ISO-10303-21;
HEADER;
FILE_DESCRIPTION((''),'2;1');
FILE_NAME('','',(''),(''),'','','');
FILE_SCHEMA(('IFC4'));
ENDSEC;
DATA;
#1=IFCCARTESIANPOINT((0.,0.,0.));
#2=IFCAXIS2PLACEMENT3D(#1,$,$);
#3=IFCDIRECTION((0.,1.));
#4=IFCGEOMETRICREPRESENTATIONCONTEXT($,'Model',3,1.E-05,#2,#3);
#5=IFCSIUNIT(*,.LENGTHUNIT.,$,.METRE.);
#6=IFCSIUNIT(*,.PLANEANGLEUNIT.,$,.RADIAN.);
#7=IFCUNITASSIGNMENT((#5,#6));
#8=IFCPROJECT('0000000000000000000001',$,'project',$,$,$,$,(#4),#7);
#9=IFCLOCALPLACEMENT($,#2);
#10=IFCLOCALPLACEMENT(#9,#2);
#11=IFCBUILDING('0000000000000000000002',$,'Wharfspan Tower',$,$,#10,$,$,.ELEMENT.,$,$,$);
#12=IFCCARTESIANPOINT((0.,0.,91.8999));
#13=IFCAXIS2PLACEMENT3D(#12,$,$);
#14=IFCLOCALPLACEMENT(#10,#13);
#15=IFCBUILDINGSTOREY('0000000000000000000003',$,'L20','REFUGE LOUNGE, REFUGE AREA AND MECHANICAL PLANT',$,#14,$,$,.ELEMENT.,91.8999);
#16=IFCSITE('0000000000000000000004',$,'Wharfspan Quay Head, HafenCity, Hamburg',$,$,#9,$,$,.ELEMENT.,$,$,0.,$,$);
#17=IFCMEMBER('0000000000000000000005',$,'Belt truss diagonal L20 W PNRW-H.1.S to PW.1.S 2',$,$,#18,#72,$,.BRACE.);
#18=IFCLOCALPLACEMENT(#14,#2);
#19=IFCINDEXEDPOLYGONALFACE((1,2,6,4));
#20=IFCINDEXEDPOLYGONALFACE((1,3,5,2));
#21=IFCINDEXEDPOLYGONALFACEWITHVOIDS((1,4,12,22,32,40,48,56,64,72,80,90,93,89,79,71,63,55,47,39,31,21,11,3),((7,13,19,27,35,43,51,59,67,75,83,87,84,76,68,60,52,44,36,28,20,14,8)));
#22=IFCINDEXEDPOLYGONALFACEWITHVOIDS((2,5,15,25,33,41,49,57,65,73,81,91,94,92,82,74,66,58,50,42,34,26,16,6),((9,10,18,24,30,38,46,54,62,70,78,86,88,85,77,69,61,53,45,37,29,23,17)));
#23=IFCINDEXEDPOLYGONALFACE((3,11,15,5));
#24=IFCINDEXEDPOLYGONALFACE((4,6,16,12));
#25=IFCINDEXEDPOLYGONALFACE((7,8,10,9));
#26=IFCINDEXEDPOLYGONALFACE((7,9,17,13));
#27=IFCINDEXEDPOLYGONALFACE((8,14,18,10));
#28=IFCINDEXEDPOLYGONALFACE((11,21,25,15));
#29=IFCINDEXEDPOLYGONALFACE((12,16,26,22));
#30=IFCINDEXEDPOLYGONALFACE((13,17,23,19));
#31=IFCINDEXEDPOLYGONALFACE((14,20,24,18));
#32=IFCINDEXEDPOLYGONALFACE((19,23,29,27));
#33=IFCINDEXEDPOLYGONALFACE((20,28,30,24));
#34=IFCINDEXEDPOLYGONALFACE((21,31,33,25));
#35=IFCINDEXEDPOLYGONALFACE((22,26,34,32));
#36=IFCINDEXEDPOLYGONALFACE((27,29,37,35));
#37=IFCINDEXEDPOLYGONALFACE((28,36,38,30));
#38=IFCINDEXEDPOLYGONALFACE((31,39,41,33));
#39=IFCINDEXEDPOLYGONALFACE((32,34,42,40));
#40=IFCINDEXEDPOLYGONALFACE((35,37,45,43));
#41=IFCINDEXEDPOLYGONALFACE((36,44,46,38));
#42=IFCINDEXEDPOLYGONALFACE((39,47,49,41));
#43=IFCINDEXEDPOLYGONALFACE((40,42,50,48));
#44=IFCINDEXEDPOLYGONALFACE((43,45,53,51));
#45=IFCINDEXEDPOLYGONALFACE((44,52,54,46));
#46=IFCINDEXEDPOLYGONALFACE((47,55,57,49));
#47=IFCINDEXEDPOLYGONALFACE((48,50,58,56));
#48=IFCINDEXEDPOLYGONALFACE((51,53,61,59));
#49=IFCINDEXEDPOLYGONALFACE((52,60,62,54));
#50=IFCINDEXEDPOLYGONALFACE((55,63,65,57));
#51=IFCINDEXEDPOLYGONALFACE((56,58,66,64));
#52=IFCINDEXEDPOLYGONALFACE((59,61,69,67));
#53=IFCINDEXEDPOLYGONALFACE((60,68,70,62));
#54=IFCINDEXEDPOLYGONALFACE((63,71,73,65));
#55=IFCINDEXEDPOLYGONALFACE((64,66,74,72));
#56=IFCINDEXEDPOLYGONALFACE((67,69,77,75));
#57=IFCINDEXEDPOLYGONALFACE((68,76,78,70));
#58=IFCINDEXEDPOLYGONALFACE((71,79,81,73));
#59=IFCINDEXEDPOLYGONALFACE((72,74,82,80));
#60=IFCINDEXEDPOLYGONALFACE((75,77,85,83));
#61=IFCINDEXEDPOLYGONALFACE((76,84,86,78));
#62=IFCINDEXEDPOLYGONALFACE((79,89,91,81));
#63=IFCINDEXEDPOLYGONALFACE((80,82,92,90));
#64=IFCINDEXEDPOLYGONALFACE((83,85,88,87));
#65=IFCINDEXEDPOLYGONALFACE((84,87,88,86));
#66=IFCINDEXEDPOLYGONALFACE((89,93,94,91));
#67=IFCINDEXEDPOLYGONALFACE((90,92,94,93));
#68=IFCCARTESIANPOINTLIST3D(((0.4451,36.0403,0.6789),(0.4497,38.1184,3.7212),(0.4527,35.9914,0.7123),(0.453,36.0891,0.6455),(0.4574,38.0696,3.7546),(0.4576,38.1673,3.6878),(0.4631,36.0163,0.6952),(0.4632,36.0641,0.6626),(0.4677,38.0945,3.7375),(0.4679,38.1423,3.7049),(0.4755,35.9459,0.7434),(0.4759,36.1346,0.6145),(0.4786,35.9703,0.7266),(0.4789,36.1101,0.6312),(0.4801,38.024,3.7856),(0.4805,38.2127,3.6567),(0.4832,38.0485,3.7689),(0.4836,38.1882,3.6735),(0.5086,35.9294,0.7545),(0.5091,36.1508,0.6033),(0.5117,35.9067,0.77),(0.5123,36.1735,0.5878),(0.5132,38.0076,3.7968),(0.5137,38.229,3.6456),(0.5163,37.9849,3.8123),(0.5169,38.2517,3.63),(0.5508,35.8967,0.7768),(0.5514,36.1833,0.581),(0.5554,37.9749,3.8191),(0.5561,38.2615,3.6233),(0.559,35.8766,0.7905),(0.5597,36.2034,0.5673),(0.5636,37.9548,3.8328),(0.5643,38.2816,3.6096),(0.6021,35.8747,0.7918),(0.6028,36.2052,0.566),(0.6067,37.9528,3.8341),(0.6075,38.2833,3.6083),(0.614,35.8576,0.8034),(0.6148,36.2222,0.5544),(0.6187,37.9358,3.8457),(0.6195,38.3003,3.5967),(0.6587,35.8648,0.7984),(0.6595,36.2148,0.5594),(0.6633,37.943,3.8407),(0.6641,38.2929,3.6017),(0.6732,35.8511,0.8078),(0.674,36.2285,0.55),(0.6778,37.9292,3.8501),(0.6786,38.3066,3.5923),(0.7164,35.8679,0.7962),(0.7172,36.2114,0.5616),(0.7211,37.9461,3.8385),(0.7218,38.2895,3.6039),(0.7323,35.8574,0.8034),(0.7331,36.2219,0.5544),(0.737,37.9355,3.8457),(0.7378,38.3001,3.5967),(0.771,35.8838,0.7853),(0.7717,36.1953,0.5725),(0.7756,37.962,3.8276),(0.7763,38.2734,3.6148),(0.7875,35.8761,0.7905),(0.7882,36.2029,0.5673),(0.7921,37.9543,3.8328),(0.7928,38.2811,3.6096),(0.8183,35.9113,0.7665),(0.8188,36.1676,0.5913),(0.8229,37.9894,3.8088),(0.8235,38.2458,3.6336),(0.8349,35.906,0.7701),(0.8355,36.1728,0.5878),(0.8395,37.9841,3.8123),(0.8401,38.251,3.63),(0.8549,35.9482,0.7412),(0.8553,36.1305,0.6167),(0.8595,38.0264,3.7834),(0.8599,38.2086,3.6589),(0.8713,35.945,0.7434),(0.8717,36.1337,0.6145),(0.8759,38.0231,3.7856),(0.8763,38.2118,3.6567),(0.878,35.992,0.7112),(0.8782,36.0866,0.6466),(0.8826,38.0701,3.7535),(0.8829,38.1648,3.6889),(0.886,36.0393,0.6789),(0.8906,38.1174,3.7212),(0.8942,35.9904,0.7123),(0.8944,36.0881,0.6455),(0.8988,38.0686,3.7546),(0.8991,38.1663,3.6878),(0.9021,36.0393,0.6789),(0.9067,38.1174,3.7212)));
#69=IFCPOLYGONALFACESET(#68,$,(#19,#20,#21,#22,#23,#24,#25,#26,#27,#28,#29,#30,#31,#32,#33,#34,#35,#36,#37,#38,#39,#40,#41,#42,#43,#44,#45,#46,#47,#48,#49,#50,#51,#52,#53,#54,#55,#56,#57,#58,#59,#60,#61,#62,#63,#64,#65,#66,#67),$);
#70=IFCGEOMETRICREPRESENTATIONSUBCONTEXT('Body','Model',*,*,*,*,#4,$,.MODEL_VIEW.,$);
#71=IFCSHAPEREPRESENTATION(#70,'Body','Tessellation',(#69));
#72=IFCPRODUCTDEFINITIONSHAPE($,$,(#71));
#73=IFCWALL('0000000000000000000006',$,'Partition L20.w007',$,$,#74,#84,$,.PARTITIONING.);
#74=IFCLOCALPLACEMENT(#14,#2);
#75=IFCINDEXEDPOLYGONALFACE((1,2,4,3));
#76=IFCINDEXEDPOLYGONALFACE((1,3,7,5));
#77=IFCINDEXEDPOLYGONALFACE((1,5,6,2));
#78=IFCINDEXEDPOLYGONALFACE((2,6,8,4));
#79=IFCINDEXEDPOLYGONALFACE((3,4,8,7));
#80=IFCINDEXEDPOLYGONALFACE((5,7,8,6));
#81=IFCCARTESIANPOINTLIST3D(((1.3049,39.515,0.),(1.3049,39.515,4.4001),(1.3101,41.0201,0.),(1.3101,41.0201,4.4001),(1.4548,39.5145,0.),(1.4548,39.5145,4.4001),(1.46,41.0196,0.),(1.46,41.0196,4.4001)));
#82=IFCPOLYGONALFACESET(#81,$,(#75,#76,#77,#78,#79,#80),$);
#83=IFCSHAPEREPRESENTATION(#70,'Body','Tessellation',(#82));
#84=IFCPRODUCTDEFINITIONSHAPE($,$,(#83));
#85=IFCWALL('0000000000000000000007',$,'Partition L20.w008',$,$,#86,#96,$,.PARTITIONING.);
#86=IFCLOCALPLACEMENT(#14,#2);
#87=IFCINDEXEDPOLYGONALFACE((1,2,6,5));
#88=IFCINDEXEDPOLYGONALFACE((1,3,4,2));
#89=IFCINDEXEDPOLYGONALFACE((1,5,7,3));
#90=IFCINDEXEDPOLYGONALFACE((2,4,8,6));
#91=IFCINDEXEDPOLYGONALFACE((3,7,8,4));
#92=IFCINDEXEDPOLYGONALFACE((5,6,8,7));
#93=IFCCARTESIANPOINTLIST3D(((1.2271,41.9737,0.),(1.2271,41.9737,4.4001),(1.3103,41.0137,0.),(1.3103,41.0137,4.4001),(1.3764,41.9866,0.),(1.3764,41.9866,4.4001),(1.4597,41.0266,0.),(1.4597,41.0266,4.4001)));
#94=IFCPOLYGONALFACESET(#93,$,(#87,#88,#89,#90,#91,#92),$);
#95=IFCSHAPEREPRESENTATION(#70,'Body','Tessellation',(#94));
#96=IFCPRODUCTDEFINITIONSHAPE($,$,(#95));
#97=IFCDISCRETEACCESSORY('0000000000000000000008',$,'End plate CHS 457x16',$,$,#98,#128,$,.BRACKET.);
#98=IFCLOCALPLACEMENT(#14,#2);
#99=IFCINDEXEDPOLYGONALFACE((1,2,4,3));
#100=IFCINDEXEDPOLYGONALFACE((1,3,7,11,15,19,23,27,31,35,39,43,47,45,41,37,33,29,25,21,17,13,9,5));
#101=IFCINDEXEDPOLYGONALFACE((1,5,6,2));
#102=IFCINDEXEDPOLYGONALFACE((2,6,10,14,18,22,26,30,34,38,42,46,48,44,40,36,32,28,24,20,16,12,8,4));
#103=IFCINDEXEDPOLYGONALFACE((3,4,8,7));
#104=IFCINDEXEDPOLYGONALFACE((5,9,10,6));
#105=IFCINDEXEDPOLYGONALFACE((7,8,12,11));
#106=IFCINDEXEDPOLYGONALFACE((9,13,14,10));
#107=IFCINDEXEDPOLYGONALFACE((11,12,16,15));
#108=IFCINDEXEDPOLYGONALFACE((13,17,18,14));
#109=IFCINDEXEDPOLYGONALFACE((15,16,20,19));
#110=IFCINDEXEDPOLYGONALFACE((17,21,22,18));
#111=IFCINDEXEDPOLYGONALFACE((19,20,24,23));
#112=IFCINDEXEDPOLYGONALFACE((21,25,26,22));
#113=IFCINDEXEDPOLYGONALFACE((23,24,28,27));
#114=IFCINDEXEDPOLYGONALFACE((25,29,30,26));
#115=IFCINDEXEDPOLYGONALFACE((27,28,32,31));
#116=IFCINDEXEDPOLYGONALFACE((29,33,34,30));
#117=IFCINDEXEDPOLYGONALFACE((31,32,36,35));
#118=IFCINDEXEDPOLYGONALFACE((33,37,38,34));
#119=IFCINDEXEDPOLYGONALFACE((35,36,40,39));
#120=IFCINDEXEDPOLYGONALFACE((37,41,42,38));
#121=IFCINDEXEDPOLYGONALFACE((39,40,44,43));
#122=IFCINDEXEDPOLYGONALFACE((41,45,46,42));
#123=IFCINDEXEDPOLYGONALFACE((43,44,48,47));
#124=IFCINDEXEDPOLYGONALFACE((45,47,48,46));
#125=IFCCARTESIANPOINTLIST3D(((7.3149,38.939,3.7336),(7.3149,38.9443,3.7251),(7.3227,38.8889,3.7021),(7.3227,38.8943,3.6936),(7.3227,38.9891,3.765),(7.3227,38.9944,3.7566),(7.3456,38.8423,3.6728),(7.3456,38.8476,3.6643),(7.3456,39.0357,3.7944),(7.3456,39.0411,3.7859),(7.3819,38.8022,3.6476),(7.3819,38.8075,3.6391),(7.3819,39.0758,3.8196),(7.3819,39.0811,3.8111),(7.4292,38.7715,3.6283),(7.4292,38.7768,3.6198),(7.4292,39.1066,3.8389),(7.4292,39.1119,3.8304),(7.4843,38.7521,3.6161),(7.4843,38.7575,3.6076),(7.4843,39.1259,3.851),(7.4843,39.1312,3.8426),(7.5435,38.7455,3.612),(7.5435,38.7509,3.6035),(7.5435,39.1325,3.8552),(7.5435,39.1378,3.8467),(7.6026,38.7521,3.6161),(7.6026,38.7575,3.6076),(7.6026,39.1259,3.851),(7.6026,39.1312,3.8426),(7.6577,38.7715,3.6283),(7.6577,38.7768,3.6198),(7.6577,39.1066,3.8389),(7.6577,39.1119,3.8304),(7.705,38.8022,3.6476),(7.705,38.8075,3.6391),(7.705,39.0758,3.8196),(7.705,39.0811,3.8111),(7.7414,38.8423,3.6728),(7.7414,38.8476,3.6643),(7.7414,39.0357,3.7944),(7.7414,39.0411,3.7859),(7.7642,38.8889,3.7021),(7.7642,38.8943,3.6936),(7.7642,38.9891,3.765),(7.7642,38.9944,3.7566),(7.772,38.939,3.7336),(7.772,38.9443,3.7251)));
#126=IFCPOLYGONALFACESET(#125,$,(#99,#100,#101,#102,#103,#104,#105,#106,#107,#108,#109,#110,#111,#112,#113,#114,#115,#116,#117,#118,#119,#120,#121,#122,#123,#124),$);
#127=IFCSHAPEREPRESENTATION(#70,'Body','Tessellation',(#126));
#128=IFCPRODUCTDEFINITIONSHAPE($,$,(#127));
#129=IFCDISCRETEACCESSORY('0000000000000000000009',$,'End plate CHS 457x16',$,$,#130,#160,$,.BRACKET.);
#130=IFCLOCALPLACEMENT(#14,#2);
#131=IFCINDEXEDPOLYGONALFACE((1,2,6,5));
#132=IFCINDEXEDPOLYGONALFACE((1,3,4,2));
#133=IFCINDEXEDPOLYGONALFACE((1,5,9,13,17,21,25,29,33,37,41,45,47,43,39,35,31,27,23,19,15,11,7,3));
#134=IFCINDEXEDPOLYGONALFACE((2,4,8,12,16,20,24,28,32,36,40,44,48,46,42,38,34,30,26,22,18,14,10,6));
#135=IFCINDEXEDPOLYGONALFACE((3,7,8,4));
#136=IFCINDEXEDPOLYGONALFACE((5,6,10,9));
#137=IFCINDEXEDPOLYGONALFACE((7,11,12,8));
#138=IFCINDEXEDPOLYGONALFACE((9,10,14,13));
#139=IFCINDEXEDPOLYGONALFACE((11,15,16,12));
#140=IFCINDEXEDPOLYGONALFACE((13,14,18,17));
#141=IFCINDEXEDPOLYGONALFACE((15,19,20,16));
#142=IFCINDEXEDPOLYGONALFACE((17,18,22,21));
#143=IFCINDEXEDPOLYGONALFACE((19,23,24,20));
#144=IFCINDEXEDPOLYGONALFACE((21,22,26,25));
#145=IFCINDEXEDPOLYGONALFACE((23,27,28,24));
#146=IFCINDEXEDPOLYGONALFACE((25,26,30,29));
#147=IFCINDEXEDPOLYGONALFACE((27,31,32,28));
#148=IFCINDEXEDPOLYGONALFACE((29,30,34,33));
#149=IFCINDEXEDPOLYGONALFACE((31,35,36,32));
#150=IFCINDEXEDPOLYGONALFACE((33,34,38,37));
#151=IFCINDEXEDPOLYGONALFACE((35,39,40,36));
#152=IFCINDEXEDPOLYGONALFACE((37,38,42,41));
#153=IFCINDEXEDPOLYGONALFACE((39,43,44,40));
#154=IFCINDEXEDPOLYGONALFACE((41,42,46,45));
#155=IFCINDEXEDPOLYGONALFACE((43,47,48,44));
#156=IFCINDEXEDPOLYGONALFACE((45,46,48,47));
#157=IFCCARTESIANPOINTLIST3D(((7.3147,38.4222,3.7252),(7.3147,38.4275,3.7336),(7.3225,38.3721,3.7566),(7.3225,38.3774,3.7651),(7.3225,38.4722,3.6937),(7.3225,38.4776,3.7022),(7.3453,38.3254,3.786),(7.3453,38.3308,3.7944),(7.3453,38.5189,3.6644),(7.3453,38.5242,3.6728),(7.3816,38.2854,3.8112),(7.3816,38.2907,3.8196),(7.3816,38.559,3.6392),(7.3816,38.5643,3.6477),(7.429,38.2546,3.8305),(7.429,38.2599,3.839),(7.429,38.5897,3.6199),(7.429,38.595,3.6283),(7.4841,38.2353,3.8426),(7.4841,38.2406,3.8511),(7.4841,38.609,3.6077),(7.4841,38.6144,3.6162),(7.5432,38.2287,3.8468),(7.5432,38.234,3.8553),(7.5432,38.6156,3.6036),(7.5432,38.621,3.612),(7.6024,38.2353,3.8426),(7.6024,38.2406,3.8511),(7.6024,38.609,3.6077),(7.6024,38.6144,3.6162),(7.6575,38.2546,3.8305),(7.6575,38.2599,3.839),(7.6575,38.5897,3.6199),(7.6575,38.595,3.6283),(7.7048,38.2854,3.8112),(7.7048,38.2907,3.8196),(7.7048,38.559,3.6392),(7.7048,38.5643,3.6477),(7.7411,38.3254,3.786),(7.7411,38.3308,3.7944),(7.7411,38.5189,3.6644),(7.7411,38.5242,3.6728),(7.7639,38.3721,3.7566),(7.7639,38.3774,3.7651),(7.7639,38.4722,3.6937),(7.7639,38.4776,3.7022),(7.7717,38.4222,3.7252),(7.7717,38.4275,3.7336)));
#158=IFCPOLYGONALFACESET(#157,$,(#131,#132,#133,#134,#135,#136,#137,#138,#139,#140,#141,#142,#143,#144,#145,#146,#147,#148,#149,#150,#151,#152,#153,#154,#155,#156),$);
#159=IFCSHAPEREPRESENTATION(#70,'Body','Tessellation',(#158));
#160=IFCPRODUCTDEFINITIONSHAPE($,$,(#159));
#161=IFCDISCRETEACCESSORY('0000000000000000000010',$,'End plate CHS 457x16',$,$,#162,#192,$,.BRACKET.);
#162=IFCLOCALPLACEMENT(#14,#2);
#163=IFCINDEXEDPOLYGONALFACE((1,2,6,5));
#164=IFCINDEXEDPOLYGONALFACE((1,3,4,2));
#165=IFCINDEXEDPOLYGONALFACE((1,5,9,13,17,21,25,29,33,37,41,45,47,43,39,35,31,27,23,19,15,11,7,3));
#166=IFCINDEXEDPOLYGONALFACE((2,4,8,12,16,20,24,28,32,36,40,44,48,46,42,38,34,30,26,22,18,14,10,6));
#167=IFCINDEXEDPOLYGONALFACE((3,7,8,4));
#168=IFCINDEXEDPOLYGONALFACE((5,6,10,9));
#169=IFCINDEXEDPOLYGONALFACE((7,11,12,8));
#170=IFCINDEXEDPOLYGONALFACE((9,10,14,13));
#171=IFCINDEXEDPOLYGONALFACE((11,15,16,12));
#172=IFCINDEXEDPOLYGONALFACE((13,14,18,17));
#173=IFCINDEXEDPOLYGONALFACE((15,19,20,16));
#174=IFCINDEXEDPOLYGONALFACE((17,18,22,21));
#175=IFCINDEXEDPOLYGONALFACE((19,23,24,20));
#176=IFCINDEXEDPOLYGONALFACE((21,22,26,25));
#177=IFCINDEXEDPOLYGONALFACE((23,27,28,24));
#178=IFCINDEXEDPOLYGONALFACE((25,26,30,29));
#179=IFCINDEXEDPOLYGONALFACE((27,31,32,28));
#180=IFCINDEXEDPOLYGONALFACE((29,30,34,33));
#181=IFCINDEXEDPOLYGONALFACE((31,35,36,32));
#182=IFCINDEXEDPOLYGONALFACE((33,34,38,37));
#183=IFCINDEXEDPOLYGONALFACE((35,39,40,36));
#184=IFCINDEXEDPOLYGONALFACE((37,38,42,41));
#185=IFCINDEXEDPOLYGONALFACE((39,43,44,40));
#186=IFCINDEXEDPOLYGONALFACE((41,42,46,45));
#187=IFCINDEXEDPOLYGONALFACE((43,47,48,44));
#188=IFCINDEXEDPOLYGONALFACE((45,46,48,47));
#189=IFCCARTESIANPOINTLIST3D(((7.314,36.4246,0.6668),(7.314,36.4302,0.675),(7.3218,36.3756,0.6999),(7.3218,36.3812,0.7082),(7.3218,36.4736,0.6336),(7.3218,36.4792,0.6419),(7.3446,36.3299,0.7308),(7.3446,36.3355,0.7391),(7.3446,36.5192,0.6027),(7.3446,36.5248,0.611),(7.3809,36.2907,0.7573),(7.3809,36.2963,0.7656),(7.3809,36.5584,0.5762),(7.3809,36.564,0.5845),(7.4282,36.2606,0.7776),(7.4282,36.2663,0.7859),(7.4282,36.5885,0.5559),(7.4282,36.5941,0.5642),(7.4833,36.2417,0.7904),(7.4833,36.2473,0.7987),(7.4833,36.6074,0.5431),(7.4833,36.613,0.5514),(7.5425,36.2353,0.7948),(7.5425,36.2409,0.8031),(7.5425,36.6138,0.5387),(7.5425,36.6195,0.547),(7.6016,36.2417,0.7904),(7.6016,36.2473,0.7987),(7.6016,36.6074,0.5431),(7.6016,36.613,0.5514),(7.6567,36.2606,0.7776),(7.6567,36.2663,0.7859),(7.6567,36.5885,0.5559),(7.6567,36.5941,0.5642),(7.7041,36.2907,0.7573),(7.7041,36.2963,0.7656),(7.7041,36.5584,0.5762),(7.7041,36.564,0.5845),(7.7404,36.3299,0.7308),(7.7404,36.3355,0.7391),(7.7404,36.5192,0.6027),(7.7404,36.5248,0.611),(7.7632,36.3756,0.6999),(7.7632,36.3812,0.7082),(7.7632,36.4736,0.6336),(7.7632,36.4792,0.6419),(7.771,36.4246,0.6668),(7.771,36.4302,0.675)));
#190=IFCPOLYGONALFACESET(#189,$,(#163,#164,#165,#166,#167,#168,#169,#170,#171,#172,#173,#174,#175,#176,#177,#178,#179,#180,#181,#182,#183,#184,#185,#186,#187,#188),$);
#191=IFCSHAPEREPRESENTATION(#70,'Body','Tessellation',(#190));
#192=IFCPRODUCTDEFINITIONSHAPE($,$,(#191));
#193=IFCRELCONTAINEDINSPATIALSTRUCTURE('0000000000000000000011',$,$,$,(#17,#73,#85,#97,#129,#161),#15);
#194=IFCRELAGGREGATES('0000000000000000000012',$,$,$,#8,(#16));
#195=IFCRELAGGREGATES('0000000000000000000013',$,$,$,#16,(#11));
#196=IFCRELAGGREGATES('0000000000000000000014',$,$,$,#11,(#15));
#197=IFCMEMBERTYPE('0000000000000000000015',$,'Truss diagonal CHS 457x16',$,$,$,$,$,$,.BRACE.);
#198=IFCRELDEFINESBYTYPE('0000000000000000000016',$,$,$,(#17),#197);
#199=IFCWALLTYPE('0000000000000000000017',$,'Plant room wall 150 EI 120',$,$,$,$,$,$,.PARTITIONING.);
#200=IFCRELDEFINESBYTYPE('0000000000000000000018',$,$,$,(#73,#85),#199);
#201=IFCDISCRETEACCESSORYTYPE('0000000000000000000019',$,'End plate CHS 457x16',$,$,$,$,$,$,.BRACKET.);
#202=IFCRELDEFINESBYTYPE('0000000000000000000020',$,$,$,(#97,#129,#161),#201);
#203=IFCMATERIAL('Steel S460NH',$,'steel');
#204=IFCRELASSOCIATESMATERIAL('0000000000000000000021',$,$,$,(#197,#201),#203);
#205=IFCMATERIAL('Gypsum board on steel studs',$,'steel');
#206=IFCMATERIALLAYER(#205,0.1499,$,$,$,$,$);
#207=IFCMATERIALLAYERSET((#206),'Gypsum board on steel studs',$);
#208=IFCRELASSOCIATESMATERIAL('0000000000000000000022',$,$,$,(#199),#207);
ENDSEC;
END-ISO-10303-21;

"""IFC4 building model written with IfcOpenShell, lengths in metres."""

from ifc_helpers import new_model, si_unit, direction, frame, frame_2d, origin, origin_2d, place, context, subcontext, project, spatial, rectangle, circle, hollow_circle, extrude, material, layer, layer_set, material_profile, profile_set, type_object, element, save


model = new_model("IFC4")

# Units and contexts
model_context = context("Model", 3, precision=1e-05, world=origin(), true_north=direction((0.0, 1.0)))
body_context = subcontext(model_context, "Body", "Model", "MODEL_VIEW")
ifc_project = project(units=[si_unit("LENGTHUNIT", "METRE"), si_unit("PLANEANGLEUNIT", "RADIAN")], contexts=[model_context])

# Site, building, storey
site_placement = place(None, origin())
site = spatial("IfcSite", under=ifc_project, at=site_placement, Name="Wharfspan Quay Head, HafenCity, Hamburg", CompositionType="ELEMENT", RefElevation=0.0)
building_placement = place(site_placement, origin())
building = spatial("IfcBuilding", under=site, at=building_placement, Name="Wharfspan Tower", CompositionType="ELEMENT")
storey_placement = place(building_placement, frame((0.0, 0.0, 91.8999)))
storey = spatial("IfcBuildingStorey", under=building, at=storey_placement, Name="L20", Description="REFUGE LOUNGE, REFUGE AREA AND MECHANICAL PLANT", CompositionType="ELEMENT", Elevation=91.8999)

# Member
ifc_material_1 = material(Name="Steel S460NH", Category="steel")
ifc_material_profile_1 = material_profile(ifc_material_1, hollow_circle(Radius=0.2285, WallThickness=0.0161, at=origin_2d()))
ifc_profile_set_1 = profile_set([ifc_material_profile_1], Name="Steel S460NH")
member_type_1 = type_object("IfcMemberType", Name="Truss diagonal CHS 457x16", PredefinedType="BRACE", material=ifc_profile_set_1)
for number, where, z_axis, x_axis, name in (
    (1, (0.6782, 38.1179, 3.7212), (-0.001259, -0.564054, -0.825737), (1.000002, -0.002235, 0.000002), "Belt truss diagonal L20 W PNRW-H.1.S to PW.1.S 2"),
):
    element("IfcMember", number, at=place(storey_placement, frame(where, z_axis=z_axis, x_axis=x_axis)), inside=storey, type_object=member_type_1, Name=name, PredefinedType="BRACE", context=body_context, shape_type="SweptSolid", body=[
        extrude(hollow_circle(Radius=0.2285, WallThickness=0.0161, at=origin_2d()), origin(), (0.0, 0.0, 1.0), 3.6843),
    ])

# Walls
ifc_material_2 = material(Name="Gypsum board on steel studs", Category="steel")
ifc_layer = layer(ifc_material_2, 0.1499)
ifc_layer_set = layer_set([ifc_layer], Name="Gypsum board on steel studs")
wall_type = type_object("IfcWallType", Name="Plant room wall 150 EI 120", PredefinedType="PARTITIONING", material=ifc_layer_set)
wall_1_placement = place(storey_placement, frame((1.3799, 39.5149, 0.0), z_axis=(0.0, 0.0, 1.0), x_axis=(0.003406, 0.99999, 0.0)))
element("IfcWall", 2, at=wall_1_placement, inside=storey, type_object=wall_type, Name="Partition L20.w007", PredefinedType="PARTITIONING", context=body_context, shape_type="SweptSolid", body=[
    extrude(rectangle(XDim=1.5051, YDim=0.1499, at=frame_2d((0.7524, 0.0))), origin(), (0.0, 0.0, 1.0), 4.4001),
])
wall_2_placement = place(storey_placement, frame((1.385, 41.02, 0.0), z_axis=(0.0, 0.0, 1.0), x_axis=(-0.0864, 0.99626, 0.0)))
element("IfcWall", 3, at=wall_2_placement, inside=storey, type_object=wall_type, Name="Partition L20.w008", PredefinedType="PARTITIONING", context=body_context, shape_type="SweptSolid", body=[
    extrude(rectangle(XDim=0.9636, YDim=0.1499, at=frame_2d((0.4819, 0.0))), origin(), (0.0, 0.0, 1.0), 4.4001),
])

# Discrete accessories
ifc_material_profile_2 = material_profile(ifc_material_1, circle(Radius=0.2285, at=origin_2d()))
ifc_profile_set_2 = profile_set([ifc_material_profile_2], Name="Steel S460NH")
discrete_accessory_type_1 = type_object("IfcDiscreteAccessoryType", Name="End plate CHS 457x16", PredefinedType="BRACKET", material=ifc_profile_set_2)
for number, where, z_axis, x_axis, name in (
    (4, (7.5435, 38.9443, 3.7251), (0.0, -0.532172, 0.846637), (1.0, 0.0, 0.0), "End plate CHS 457x16"),
    (5, (7.5432, 38.4275, 3.7336), (0.0, -0.532172, -0.846637), (1.0, 0.0, 0.0), "End plate CHS 457x16"),
    (6, (7.5425, 36.4302, 0.675), (0.0, -0.560309, -0.828283), (1.0, 0.0, 0.0), "End plate CHS 457x16"),
):
    element("IfcDiscreteAccessory", number, at=place(storey_placement, frame(where, z_axis=z_axis, x_axis=x_axis)), inside=storey, type_object=discrete_accessory_type_1, Name=name, PredefinedType="BRACKET", context=body_context, shape_type="SweptSolid", body=[
        extrude(circle(Radius=0.2285, at=origin_2d()), origin(), (0.0, 0.0, 1.0), 0.01),
    ])

save(model, "model.ifc")
